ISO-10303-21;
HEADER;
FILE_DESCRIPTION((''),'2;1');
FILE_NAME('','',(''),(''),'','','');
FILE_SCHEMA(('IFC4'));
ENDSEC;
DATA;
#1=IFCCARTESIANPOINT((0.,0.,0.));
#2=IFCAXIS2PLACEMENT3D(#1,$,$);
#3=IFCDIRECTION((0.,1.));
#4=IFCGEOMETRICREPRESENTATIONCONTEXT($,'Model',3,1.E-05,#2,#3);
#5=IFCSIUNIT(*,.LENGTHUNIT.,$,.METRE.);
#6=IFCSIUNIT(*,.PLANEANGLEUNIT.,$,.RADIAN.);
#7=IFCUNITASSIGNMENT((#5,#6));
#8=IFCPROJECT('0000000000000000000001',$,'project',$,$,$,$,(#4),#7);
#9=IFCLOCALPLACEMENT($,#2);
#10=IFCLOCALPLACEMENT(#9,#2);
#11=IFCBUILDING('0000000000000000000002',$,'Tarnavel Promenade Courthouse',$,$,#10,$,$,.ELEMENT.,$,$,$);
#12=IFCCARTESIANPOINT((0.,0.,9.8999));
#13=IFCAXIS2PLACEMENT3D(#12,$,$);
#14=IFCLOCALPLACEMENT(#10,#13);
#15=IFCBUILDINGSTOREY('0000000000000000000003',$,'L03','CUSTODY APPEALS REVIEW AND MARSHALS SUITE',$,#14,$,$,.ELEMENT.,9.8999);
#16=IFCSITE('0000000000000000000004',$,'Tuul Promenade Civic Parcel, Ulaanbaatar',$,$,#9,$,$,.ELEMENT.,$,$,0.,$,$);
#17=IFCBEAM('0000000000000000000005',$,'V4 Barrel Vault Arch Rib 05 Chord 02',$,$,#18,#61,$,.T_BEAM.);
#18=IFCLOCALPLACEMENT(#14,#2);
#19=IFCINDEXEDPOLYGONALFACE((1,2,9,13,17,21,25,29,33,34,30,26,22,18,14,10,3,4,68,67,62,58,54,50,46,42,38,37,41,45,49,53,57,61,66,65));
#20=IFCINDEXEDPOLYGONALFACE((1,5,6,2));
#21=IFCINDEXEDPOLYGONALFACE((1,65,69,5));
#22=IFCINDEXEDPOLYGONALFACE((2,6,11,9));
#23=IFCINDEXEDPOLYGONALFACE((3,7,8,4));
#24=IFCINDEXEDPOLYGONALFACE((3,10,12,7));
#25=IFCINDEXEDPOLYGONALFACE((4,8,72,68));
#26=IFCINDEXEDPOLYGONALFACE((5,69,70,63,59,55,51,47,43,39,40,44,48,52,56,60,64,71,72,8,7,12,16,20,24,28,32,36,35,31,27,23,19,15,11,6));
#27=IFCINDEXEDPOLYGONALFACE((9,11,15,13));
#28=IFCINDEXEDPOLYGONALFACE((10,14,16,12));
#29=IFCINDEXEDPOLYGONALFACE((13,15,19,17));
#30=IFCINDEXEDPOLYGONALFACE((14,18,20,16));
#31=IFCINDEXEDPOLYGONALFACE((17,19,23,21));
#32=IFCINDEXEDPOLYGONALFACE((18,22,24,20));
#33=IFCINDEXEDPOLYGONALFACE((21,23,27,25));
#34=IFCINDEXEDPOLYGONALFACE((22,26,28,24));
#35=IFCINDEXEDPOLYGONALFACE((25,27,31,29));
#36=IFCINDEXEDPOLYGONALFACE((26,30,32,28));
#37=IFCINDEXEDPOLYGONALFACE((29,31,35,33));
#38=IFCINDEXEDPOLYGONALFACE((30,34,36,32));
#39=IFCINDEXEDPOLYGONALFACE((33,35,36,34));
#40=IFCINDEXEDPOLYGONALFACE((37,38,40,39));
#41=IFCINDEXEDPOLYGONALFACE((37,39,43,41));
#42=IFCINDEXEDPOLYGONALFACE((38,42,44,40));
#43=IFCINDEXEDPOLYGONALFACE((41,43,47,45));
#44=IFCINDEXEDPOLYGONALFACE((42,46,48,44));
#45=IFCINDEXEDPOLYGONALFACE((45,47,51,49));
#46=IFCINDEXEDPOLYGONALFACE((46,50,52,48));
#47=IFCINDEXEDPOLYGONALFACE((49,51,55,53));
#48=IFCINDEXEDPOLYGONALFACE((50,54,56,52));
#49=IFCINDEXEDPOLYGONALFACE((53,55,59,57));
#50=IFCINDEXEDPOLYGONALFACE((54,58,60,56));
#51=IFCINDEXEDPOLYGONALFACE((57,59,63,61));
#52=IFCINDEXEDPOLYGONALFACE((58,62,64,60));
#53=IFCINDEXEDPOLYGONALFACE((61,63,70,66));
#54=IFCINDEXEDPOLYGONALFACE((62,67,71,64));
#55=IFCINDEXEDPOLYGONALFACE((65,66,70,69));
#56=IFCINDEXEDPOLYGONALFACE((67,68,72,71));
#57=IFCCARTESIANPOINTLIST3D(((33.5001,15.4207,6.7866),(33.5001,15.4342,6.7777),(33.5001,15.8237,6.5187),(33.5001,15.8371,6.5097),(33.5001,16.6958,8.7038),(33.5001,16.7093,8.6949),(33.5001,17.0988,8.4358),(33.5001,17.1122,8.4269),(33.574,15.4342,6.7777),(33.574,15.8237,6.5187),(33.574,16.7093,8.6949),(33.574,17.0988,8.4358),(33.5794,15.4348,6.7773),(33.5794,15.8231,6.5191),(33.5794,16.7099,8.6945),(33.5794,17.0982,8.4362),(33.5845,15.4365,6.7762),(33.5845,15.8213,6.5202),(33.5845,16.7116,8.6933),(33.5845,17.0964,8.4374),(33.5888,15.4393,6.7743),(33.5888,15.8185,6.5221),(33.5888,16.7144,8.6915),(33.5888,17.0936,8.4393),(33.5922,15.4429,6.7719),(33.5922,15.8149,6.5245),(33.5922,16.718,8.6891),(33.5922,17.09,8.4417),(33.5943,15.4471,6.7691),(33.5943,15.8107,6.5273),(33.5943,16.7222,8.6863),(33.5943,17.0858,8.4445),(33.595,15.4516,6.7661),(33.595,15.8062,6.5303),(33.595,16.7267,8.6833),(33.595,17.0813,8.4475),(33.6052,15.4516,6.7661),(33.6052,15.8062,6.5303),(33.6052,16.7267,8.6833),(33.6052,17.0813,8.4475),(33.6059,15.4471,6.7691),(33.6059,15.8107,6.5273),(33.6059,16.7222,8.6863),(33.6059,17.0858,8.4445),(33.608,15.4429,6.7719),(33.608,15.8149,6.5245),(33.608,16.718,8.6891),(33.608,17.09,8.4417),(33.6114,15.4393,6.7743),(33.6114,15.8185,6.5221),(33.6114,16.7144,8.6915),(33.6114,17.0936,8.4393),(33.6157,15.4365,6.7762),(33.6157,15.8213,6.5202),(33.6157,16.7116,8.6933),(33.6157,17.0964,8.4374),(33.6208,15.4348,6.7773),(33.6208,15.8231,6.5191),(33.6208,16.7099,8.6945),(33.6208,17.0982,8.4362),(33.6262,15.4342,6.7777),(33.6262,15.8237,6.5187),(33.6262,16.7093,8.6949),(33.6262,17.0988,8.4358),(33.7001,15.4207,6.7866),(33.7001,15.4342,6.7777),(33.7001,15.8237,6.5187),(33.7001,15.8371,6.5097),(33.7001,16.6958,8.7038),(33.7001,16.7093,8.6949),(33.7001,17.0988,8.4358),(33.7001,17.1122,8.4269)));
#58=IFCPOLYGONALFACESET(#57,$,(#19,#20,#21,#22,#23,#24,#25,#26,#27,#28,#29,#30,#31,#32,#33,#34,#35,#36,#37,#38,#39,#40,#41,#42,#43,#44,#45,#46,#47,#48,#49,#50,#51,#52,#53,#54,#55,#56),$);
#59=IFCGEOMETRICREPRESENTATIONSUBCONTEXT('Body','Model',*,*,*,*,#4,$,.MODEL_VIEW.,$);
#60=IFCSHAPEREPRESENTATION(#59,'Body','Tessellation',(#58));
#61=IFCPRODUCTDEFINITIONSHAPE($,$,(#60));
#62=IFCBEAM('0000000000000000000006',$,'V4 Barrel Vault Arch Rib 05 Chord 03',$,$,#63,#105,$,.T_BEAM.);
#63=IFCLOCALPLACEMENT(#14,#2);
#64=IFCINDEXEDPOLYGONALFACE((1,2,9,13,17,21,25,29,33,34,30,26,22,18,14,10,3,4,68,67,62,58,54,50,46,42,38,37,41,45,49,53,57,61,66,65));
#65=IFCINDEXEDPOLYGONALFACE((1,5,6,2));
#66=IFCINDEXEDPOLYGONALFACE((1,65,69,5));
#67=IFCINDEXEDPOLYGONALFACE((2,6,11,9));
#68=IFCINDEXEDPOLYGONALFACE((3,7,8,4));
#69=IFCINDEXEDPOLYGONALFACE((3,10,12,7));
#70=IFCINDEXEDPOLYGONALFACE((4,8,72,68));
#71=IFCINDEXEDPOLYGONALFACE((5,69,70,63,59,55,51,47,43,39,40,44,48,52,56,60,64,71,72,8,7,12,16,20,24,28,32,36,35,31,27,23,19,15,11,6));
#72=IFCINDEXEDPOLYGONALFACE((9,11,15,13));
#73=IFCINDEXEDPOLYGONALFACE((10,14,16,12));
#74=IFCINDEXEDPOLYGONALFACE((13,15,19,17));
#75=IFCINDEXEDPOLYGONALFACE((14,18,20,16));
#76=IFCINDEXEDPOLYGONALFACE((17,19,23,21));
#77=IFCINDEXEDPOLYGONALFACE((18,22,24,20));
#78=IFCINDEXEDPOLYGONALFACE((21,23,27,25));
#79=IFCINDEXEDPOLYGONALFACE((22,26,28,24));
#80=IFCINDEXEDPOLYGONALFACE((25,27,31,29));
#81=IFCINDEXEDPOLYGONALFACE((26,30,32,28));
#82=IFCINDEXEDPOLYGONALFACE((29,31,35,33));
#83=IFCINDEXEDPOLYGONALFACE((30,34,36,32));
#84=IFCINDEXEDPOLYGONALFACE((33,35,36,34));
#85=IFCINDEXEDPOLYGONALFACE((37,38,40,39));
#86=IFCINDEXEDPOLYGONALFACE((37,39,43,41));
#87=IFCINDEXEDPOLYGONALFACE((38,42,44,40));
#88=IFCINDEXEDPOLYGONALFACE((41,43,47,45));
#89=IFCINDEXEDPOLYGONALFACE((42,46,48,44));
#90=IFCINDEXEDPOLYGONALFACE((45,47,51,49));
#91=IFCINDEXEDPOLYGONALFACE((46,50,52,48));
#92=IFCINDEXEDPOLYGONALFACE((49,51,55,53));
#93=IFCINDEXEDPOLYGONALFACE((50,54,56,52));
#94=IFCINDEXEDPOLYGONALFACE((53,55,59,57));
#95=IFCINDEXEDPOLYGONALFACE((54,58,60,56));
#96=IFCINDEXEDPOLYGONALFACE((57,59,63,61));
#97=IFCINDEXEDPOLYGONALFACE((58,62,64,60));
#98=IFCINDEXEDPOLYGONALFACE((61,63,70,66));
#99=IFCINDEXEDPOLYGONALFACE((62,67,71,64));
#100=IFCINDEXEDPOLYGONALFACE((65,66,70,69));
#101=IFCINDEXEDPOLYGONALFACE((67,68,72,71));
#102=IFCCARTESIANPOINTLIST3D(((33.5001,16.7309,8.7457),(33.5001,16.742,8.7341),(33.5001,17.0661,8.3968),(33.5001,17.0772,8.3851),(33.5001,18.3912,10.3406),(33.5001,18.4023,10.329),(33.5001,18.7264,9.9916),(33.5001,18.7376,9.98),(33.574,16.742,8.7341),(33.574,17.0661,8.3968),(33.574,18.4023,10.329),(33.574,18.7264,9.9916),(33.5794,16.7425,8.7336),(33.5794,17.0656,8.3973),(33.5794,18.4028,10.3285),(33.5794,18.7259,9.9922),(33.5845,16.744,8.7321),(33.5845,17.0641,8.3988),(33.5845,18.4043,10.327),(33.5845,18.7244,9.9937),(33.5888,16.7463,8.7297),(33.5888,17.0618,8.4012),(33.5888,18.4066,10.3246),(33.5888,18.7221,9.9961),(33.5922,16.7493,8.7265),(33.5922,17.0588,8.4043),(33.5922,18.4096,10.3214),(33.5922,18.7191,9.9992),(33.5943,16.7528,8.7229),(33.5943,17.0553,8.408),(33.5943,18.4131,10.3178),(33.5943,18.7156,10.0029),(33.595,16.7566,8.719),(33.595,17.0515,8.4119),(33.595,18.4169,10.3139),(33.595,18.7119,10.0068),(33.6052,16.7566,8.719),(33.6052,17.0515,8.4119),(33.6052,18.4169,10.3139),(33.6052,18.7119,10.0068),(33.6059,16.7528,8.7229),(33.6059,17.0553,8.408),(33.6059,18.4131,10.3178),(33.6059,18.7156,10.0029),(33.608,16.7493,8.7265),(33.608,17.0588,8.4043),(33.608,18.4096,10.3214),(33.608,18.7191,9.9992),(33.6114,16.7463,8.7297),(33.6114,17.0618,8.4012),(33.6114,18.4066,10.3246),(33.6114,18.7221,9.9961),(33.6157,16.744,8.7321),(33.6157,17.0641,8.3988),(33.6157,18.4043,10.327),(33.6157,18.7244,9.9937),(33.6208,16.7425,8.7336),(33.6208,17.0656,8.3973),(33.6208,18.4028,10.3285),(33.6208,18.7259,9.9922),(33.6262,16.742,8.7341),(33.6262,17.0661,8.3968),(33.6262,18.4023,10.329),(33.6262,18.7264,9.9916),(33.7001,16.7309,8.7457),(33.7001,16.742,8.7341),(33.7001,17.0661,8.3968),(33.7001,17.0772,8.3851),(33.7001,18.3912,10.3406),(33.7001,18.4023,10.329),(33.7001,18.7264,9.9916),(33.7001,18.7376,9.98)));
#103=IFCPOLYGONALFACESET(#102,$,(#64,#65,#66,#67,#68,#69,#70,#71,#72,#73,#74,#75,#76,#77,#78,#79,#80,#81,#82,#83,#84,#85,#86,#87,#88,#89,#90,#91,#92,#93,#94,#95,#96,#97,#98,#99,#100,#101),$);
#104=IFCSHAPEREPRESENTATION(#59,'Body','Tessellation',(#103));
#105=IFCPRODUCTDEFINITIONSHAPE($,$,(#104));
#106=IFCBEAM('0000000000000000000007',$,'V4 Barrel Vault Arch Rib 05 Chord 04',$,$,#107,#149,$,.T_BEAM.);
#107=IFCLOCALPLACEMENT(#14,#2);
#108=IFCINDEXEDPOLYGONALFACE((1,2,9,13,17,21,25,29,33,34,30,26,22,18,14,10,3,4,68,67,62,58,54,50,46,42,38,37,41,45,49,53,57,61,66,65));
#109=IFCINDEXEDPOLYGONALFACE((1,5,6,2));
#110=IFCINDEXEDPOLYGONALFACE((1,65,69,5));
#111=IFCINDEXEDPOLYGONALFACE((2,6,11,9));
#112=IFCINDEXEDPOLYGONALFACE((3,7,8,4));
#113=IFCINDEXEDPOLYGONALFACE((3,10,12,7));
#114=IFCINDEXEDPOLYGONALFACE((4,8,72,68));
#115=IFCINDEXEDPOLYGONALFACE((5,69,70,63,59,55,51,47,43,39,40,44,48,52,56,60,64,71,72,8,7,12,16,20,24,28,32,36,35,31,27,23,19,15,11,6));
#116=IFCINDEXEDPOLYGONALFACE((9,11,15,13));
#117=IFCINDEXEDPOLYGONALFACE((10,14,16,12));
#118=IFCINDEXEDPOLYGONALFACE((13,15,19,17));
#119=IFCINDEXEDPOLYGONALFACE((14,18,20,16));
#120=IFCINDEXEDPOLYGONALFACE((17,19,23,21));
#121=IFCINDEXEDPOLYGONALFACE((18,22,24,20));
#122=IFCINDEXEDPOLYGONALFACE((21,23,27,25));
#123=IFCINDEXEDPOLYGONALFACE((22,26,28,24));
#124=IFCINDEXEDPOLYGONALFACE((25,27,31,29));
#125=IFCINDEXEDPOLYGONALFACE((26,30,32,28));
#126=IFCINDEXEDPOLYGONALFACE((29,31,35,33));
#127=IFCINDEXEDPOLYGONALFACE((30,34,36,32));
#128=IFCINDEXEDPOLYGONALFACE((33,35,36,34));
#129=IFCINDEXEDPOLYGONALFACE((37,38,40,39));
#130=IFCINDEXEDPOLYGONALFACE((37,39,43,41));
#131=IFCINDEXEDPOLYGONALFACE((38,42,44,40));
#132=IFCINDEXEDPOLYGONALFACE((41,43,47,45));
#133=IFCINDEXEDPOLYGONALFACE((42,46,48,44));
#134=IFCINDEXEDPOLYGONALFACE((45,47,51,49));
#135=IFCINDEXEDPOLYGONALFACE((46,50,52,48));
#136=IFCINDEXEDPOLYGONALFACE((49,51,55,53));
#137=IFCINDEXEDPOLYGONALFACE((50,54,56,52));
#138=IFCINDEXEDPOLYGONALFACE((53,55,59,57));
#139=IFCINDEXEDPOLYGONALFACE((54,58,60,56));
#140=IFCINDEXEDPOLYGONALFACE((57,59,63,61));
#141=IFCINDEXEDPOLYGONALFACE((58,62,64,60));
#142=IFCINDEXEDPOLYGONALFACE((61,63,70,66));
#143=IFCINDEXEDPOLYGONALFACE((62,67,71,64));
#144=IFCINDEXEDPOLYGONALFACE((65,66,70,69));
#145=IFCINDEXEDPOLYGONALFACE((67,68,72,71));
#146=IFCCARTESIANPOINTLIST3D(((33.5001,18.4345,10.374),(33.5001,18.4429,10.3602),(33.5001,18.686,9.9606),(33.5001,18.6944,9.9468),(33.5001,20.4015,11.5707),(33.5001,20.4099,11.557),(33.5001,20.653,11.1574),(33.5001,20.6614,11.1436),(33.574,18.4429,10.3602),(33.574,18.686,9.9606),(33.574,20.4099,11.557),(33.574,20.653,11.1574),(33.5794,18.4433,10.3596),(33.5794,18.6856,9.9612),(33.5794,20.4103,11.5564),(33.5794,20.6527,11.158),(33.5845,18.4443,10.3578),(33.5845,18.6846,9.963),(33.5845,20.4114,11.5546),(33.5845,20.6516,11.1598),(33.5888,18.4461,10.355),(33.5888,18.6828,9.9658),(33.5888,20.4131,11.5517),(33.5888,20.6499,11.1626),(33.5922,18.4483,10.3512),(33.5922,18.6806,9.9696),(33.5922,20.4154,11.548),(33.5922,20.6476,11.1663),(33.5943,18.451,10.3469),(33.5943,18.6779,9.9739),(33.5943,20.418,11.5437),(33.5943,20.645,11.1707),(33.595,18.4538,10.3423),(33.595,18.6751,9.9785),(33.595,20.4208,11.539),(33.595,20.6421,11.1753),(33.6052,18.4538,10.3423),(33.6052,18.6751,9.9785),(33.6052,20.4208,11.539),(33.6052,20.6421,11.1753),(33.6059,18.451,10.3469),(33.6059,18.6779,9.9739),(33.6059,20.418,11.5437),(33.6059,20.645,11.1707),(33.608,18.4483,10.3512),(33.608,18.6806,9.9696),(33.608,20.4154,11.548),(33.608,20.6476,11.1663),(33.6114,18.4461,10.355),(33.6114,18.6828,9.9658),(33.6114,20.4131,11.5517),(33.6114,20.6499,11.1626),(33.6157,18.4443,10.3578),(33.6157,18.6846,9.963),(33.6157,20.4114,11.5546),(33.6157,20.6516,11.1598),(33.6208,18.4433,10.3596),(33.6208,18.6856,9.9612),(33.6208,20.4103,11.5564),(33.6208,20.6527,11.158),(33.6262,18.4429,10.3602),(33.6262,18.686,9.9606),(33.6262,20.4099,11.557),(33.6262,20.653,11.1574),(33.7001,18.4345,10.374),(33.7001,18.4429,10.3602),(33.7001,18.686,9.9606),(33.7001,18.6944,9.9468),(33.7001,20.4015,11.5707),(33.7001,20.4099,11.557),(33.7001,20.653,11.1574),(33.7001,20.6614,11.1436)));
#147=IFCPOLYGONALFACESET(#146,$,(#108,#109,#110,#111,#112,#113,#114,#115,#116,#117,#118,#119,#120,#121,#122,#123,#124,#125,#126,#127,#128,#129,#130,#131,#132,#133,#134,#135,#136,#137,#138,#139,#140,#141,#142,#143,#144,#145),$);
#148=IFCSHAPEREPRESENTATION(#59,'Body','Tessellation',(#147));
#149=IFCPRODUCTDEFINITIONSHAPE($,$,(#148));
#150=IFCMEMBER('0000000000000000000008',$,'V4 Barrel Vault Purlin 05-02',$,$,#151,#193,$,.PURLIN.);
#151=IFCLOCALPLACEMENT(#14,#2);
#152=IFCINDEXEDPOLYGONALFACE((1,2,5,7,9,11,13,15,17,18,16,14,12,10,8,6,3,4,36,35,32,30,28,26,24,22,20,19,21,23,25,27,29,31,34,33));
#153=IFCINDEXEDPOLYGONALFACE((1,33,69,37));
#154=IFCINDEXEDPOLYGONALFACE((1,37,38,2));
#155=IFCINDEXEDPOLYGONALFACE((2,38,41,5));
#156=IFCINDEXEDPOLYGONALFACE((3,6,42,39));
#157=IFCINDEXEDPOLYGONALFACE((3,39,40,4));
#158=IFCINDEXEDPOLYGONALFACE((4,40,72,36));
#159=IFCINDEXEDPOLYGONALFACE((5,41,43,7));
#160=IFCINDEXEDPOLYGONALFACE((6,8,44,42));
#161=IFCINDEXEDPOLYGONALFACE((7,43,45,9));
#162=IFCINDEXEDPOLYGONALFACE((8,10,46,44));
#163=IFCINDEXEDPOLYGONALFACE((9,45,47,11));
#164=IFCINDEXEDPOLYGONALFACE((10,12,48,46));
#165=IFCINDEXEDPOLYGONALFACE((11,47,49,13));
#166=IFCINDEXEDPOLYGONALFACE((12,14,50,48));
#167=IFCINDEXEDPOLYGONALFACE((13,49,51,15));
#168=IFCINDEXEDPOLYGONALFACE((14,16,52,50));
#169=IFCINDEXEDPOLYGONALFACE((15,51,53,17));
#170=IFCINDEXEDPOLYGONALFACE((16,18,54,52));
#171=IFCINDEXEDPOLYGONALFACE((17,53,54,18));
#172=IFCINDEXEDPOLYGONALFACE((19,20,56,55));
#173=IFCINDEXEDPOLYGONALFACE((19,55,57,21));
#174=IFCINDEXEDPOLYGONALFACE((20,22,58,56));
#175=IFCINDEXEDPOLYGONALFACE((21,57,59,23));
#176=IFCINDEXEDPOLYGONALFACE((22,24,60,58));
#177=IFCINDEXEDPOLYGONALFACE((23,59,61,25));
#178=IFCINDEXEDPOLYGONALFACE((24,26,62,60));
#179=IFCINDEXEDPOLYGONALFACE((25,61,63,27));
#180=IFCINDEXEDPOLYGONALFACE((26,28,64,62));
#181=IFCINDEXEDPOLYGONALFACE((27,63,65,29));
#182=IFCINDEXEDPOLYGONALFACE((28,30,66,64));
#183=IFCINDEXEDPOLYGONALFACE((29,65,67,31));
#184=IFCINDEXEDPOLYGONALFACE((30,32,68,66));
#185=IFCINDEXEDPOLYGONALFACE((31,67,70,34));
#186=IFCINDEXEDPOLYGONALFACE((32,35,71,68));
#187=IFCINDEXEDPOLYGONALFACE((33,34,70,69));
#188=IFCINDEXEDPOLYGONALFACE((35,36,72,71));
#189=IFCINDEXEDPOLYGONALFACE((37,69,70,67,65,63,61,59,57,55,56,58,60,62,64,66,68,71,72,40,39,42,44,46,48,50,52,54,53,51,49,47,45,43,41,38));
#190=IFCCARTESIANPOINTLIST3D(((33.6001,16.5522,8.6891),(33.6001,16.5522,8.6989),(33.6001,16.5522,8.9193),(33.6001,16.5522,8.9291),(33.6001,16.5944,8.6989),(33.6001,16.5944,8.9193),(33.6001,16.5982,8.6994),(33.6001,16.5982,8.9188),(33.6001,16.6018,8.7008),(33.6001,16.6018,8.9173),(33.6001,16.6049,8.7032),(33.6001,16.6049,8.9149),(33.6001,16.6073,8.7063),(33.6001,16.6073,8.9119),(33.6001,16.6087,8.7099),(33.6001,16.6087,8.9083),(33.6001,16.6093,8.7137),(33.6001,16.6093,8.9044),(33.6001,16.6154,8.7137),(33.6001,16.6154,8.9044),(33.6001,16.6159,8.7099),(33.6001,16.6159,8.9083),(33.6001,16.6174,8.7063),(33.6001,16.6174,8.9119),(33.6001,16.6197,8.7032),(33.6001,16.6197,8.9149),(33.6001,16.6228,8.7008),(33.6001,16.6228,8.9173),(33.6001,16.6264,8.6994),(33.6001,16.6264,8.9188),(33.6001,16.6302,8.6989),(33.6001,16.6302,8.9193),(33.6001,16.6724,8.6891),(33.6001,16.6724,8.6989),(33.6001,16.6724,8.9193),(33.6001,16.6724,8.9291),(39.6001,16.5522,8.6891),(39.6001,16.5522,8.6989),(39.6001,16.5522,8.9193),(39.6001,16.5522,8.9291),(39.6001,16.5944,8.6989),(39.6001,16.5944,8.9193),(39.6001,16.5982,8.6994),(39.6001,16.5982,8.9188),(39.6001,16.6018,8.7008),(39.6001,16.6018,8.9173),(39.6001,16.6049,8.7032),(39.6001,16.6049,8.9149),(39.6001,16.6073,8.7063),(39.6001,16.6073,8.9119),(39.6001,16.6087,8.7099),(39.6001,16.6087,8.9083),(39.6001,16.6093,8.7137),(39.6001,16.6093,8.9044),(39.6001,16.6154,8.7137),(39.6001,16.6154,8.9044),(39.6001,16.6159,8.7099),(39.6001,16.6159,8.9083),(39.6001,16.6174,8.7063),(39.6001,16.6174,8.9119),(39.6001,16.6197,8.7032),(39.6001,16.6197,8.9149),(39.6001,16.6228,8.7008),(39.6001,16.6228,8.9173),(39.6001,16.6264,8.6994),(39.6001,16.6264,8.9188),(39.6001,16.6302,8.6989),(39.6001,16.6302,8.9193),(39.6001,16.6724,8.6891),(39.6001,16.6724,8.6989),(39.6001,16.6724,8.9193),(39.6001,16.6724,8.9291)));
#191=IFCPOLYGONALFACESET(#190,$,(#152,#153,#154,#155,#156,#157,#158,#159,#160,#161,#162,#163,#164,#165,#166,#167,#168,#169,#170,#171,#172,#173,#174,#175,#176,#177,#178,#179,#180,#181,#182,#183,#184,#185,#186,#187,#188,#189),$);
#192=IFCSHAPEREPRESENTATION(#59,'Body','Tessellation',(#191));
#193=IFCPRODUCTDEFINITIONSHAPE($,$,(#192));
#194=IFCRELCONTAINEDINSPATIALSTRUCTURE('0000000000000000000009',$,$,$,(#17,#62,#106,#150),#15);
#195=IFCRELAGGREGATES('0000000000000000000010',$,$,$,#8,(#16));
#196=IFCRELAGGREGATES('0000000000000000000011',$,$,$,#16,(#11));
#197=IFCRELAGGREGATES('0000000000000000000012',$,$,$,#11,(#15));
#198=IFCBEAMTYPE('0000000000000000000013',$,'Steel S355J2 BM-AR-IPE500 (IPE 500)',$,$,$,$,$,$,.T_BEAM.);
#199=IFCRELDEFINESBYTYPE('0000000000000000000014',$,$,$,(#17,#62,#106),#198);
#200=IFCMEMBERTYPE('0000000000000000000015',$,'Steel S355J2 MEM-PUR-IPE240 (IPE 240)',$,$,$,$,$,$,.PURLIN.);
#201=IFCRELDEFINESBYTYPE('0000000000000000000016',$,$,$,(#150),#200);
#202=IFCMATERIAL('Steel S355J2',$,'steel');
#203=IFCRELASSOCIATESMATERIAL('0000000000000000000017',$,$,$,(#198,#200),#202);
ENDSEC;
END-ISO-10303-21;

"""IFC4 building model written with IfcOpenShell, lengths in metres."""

from ifc_helpers import new_model, si_unit, direction, frame, origin, origin_2d, place, context, subcontext, project, spatial, i_section, extrude, material, material_profile, profile_set, type_object, element, save


model = new_model("IFC4")

# Units and contexts
model_context = context("Model", 3, precision=1e-05, world=origin(), true_north=direction((0.0, 1.0)))
body_context = subcontext(model_context, "Body", "Model", "MODEL_VIEW")
ifc_project = project(units=[si_unit("LENGTHUNIT", "METRE"), si_unit("PLANEANGLEUNIT", "RADIAN")], contexts=[model_context])

# Site, building, storey
site_placement = place(None, origin())
site = spatial("IfcSite", under=ifc_project, at=site_placement, Name="Tuul Promenade Civic Parcel, Ulaanbaatar", CompositionType="ELEMENT", RefElevation=0.0)
building_placement = place(site_placement, origin())
building = spatial("IfcBuilding", under=site, at=building_placement, Name="Tarnavel Promenade Courthouse", CompositionType="ELEMENT")
storey_placement = place(building_placement, frame((0.0, 0.0, 9.8999)))
storey = spatial("IfcBuildingStorey", under=building, at=storey_placement, Name="L03", Description="CUSTODY APPEALS REVIEW AND MARSHALS SUITE", CompositionType="ELEMENT", Elevation=9.8999)

# Beams
ifc_material_1 = material(Name="Steel S355J2", Category="steel")
ifc_material_profile_1 = material_profile(ifc_material_1, i_section(OverallWidth=0.2, OverallDepth=0.5, WebThickness=0.0103, FlangeThickness=0.0161, FilletRadius=0.021, at=origin_2d()), Name="IPE 500")
ifc_profile_set_1 = profile_set([ifc_material_profile_1], Name="Steel S355J2")
beam_type = type_object("IfcBeamType", Name="Steel S355J2 BM-AR-IPE500 (IPE 500)", PredefinedType="T_BEAM", material=ifc_profile_set_1)
beam_1_placement = place(storey_placement, frame((33.6001, 15.6289, 6.6482), z_axis=(0.0, 0.553795, 0.832653), x_axis=(-1.0, 0.0, 0.0)))
element("IfcBeam", 1, at=beam_1_placement, inside=storey, type_object=beam_type, Name="V4 Barrel Vault Arch Rib 05 Chord 02", PredefinedType="T_BEAM", context=body_context, shape_type="SweptSolid", body=[
    extrude(i_section(OverallWidth=0.2, OverallDepth=0.5, WebThickness=0.0103, FlangeThickness=0.0161, FilletRadius=0.021, at=origin_2d()), origin(), (0.0, 0.0, 1.0), 2.3025),
])
beam_2_placement = place(storey_placement, frame((33.6001, 16.9041, 8.5654), z_axis=(0.0, 0.721173, 0.692755), x_axis=(-1.0, 0.0, 0.0)))
element("IfcBeam", 2, at=beam_2_placement, inside=storey, type_object=beam_type, Name="V4 Barrel Vault Arch Rib 05 Chord 03", PredefinedType="T_BEAM", context=body_context, shape_type="SweptSolid", body=[
    extrude(i_section(OverallWidth=0.2, OverallDepth=0.5, WebThickness=0.0103, FlangeThickness=0.0161, FilletRadius=0.021, at=origin_2d()), origin(), (0.0, 0.0, 1.0), 2.3022),
])
beam_3_placement = place(storey_placement, frame((33.6001, 18.5645, 10.1604), z_axis=(0.0, 0.854305, 0.519772), x_axis=(-1.0, 0.0, 0.0)))
element("IfcBeam", 3, at=beam_3_placement, inside=storey, type_object=beam_type, Name="V4 Barrel Vault Arch Rib 05 Chord 04", PredefinedType="T_BEAM", context=body_context, shape_type="SweptSolid", body=[
    extrude(i_section(OverallWidth=0.2, OverallDepth=0.5, WebThickness=0.0103, FlangeThickness=0.0161, FilletRadius=0.021, at=origin_2d()), origin(), (0.0, 0.0, 1.0), 2.3025),
])

# Member
ifc_material_profile_2 = material_profile(ifc_material_1, i_section(OverallWidth=0.1201, OverallDepth=0.24, WebThickness=0.0061, FlangeThickness=0.0098, FilletRadius=0.0149, at=origin_2d()), Name="IPE 240")
ifc_profile_set_2 = profile_set([ifc_material_profile_2], Name="Steel S355J2")
member_type_1 = type_object("IfcMemberType", Name="Steel S355J2 MEM-PUR-IPE240 (IPE 240)", PredefinedType="PURLIN", material=ifc_profile_set_2)
for number, where, z_axis, x_axis, name in (
    (4, (33.6001, 16.6123, 8.8091), (1.0, 0.0, 0.0), (0.0, 1.0, 0.0), "V4 Barrel Vault Purlin 05-02"),
):
    element("IfcMember", number, at=place(storey_placement, frame(where, z_axis=z_axis, x_axis=x_axis)), inside=storey, type_object=member_type_1, Name=name, PredefinedType="PURLIN", context=body_context, shape_type="SweptSolid", body=[
        extrude(i_section(OverallWidth=0.1201, OverallDepth=0.24, WebThickness=0.0061, FlangeThickness=0.0098, FilletRadius=0.0149, at=origin_2d()), origin(), (0.0, 0.0, 1.0), 6.0),
    ])

save(model, "model.ifc")
